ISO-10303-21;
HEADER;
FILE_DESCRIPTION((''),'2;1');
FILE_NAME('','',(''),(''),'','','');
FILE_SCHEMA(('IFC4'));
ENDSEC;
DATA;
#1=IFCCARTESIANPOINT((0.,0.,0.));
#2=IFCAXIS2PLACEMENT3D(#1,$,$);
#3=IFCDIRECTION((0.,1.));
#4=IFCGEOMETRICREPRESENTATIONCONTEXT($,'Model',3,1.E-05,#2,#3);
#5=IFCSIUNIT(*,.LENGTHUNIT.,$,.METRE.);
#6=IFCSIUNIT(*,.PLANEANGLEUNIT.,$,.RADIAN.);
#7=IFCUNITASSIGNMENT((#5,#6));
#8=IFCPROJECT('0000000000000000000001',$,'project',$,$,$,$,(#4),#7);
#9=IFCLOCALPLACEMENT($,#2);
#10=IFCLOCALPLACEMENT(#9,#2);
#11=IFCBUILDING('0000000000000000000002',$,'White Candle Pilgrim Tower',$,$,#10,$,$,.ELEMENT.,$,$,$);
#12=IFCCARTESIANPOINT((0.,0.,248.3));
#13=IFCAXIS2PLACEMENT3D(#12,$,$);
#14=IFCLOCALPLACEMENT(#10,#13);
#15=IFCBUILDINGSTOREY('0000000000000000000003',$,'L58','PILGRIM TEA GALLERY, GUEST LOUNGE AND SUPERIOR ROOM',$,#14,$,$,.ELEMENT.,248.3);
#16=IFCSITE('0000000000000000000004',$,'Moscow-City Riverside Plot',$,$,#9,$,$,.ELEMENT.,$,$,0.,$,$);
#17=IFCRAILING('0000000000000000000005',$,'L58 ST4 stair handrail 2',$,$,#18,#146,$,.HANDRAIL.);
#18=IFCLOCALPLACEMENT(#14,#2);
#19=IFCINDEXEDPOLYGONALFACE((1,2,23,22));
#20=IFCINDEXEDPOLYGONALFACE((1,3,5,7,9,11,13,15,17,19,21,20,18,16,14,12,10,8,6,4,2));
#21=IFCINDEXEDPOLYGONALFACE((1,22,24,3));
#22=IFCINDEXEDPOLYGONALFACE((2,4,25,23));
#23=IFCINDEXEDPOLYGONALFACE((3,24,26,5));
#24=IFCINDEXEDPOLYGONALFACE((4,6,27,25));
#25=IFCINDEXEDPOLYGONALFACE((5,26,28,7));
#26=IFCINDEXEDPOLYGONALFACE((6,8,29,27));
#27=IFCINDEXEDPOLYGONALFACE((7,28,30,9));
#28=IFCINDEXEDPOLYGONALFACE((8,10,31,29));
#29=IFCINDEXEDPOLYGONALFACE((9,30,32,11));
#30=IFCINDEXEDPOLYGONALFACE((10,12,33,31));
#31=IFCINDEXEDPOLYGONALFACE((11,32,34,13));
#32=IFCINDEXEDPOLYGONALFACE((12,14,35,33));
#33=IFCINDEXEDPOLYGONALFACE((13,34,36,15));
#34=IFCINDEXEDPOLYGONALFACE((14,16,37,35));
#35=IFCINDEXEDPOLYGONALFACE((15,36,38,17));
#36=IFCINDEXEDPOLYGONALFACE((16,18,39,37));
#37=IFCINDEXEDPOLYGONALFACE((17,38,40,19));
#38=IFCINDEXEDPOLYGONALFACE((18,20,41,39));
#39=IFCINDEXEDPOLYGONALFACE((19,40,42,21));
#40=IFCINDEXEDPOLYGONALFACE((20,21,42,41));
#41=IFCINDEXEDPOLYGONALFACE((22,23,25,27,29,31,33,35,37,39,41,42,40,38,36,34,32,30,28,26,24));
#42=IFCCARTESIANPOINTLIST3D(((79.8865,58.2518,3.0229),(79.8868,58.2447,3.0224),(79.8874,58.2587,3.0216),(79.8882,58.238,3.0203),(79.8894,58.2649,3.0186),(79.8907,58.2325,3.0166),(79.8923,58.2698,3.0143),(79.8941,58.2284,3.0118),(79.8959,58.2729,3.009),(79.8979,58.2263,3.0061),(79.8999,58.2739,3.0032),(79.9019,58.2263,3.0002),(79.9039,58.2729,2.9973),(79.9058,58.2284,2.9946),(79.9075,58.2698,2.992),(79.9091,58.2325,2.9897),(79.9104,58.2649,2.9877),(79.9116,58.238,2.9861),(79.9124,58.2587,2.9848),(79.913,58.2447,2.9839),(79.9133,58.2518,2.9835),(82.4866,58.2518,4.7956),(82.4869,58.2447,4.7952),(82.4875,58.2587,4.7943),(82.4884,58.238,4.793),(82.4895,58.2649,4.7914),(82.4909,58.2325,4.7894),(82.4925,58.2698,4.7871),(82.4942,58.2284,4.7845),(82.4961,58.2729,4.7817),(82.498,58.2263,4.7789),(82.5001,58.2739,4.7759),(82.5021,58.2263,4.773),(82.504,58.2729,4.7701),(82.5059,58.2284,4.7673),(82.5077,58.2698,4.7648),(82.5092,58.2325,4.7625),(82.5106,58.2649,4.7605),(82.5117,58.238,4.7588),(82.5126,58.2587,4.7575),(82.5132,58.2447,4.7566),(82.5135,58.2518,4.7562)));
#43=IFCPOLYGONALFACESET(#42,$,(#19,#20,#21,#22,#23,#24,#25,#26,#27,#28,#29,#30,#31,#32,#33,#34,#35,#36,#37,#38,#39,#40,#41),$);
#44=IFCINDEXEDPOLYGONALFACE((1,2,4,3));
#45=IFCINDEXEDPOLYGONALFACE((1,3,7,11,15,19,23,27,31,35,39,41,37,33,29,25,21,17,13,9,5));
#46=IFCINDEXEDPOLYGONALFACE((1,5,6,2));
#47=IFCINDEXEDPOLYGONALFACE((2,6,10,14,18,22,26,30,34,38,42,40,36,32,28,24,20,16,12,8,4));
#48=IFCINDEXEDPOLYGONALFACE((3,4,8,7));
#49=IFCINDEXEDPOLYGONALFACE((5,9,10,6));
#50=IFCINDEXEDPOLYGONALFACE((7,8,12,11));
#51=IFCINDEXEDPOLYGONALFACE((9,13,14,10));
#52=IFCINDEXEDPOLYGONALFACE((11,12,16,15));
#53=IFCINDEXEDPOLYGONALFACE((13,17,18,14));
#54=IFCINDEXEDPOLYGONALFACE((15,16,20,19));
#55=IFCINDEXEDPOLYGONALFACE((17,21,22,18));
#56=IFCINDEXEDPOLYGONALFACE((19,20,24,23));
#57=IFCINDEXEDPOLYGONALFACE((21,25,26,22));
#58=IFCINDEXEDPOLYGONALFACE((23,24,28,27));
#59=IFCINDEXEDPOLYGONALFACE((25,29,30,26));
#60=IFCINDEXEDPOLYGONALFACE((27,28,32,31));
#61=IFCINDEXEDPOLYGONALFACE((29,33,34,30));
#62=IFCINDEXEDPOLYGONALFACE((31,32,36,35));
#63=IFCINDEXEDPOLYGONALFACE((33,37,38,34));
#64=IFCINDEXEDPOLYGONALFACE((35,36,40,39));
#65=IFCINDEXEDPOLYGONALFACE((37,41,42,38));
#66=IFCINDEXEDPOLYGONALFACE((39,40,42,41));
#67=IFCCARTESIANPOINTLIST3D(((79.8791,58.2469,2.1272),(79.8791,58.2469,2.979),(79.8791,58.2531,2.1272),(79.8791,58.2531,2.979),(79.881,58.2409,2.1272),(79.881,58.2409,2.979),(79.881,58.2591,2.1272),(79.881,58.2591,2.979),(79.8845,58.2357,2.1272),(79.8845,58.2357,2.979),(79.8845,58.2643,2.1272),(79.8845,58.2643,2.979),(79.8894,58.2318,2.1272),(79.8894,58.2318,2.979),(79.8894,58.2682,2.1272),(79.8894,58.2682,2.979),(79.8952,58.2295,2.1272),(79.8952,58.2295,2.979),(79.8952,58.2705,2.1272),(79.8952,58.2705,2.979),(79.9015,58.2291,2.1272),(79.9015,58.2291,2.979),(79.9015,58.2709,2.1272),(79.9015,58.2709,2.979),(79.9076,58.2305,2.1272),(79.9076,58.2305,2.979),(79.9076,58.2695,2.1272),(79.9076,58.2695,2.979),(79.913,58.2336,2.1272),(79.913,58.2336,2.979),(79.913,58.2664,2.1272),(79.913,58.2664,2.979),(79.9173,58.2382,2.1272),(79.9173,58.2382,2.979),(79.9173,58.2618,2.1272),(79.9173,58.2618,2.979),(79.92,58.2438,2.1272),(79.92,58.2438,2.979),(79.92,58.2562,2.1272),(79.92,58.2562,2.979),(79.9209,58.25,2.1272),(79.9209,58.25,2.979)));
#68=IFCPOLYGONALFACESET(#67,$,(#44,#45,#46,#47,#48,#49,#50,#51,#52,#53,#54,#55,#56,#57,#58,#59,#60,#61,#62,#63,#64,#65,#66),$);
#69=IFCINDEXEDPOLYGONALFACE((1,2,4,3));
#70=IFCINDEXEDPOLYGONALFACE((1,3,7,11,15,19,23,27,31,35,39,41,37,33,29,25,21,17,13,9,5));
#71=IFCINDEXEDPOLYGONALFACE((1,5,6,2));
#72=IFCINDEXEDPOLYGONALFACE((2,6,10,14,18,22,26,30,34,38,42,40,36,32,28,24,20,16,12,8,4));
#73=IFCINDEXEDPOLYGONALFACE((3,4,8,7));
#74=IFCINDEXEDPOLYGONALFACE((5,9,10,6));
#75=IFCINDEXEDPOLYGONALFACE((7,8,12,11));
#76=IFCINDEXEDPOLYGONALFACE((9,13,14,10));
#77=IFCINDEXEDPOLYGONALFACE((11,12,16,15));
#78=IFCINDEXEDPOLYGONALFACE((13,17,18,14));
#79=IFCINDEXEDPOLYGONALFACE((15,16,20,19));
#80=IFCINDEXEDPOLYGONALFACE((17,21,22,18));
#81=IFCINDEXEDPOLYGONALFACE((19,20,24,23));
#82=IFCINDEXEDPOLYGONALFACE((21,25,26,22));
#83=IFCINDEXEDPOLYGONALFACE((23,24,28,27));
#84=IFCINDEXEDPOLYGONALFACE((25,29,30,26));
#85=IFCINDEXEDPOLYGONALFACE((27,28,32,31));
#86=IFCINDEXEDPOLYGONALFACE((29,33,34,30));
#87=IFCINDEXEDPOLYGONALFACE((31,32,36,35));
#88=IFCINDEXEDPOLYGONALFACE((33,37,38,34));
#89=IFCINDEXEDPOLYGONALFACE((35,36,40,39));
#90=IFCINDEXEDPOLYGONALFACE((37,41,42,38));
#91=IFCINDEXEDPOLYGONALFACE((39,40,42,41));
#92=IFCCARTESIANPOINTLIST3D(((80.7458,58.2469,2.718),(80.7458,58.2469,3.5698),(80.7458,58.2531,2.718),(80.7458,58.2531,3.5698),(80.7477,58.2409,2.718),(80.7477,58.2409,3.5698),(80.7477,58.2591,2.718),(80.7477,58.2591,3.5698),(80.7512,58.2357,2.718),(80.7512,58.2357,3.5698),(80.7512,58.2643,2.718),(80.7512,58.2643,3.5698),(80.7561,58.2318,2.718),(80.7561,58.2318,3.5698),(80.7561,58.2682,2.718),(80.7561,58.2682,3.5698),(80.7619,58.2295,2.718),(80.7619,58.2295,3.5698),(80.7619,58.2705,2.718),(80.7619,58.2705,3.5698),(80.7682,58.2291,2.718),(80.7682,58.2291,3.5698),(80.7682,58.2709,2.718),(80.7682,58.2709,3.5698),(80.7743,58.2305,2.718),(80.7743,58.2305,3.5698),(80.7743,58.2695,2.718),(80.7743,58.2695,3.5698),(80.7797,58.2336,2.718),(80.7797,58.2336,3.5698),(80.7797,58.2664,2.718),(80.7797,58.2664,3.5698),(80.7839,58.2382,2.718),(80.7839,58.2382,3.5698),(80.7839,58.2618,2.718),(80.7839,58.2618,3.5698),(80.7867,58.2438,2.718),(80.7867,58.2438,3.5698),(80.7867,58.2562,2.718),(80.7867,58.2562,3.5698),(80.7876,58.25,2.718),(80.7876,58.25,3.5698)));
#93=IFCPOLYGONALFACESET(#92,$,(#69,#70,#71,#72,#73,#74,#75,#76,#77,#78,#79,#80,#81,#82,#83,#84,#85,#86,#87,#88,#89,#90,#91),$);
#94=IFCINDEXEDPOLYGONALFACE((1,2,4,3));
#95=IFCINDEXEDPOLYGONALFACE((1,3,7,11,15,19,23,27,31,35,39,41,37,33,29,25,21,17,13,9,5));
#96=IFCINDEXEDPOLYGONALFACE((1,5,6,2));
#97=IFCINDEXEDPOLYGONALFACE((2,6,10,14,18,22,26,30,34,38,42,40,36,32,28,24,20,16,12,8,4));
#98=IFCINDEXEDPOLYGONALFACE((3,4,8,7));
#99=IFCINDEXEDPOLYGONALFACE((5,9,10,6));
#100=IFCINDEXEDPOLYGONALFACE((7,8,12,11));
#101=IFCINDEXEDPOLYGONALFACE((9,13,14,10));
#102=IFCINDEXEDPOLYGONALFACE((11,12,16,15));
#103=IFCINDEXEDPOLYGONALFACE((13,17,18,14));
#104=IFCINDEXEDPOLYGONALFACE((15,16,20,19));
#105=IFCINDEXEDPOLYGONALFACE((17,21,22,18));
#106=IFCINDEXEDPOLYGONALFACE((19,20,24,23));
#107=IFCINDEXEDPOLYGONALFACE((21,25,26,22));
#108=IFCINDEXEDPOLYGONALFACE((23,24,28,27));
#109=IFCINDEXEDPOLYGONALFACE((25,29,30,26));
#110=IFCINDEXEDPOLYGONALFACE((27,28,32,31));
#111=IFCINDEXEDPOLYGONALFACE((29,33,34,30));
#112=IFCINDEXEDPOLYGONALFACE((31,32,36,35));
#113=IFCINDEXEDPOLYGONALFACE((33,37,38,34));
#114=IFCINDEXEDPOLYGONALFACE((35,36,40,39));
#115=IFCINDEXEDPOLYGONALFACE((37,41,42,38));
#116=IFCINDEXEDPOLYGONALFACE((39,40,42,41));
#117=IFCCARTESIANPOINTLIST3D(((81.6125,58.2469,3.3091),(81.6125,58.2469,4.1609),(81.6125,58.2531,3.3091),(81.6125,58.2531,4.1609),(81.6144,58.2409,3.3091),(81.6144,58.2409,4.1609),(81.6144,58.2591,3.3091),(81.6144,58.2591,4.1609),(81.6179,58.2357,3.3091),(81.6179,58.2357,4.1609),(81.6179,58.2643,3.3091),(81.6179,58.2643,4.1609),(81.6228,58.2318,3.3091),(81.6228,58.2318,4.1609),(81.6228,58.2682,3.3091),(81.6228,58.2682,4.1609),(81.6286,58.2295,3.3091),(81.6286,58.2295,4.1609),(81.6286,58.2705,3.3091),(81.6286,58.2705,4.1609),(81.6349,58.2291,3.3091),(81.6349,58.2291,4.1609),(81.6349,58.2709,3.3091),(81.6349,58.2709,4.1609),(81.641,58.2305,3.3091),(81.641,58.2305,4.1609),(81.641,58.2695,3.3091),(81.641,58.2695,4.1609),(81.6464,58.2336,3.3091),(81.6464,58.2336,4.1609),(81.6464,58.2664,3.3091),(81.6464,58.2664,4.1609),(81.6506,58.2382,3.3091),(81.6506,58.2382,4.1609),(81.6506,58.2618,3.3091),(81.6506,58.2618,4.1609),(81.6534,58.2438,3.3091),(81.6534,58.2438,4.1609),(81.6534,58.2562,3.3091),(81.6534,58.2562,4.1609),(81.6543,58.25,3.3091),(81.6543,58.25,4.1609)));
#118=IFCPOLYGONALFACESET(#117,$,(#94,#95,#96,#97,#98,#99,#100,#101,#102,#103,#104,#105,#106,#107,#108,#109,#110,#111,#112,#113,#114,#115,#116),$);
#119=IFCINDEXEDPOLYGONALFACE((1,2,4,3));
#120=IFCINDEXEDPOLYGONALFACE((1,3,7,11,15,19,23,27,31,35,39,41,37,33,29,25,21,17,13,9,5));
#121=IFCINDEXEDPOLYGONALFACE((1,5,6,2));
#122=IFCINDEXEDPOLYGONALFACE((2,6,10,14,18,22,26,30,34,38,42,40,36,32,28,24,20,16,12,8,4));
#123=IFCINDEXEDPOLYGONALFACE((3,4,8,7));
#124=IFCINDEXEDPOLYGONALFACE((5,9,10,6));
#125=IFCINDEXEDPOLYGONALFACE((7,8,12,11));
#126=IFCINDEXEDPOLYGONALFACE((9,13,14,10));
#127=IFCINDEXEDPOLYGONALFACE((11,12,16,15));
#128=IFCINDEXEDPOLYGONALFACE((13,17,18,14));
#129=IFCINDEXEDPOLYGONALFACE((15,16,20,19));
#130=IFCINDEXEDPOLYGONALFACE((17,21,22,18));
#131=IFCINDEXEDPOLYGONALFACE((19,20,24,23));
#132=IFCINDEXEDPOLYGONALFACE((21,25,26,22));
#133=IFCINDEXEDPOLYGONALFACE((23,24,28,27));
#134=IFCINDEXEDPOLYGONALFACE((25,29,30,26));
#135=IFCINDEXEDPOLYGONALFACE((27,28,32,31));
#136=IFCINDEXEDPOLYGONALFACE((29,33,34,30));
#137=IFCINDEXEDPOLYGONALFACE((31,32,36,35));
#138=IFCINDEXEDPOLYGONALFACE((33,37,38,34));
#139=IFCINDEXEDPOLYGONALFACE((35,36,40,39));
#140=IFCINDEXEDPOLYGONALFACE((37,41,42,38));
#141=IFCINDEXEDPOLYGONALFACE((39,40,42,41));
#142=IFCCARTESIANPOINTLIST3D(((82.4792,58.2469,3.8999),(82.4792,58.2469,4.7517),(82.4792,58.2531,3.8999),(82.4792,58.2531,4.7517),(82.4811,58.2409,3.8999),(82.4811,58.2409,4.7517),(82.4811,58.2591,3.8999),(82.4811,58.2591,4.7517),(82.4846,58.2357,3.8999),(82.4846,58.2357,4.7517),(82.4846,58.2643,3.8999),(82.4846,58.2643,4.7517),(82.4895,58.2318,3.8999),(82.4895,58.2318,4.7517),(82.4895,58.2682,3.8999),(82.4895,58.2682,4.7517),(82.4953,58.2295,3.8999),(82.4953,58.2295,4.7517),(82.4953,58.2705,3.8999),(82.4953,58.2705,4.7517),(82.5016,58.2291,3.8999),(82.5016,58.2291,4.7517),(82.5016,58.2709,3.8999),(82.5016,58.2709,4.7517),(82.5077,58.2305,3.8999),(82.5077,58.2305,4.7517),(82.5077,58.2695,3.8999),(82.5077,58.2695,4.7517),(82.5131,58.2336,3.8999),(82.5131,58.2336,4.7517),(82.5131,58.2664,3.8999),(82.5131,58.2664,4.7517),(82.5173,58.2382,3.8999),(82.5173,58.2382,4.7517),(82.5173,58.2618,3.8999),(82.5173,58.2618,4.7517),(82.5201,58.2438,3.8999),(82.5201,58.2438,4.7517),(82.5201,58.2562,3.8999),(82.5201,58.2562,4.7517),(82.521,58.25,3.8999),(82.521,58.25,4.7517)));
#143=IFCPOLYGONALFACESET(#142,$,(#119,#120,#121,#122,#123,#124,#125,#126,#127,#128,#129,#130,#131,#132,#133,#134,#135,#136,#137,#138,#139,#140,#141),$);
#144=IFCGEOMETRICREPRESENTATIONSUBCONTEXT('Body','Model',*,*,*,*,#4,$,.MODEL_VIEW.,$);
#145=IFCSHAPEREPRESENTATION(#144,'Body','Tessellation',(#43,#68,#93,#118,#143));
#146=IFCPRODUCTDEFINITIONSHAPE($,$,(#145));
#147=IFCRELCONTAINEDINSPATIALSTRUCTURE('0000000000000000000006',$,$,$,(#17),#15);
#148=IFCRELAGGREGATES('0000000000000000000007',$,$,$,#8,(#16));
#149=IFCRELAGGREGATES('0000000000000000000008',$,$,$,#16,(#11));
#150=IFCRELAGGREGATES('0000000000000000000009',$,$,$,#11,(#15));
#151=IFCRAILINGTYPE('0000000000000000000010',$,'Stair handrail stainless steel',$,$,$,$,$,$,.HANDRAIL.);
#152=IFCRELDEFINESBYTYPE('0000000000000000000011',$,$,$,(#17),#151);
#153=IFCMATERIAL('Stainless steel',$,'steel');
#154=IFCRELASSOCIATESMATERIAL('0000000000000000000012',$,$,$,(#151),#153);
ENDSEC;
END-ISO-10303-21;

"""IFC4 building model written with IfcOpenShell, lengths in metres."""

from ifc_helpers import new_model, si_unit, direction, frame, origin, origin_2d, place, context, subcontext, project, spatial, circle, extrude, material, type_object, element, save


model = new_model("IFC4")

# Units and contexts
model_context = context("Model", 3, precision=1e-05, world=origin(), true_north=direction((0.0, 1.0)))
body_context = subcontext(model_context, "Body", "Model", "MODEL_VIEW")
ifc_project = project(units=[si_unit("LENGTHUNIT", "METRE"), si_unit("PLANEANGLEUNIT", "RADIAN")], contexts=[model_context])

# Site, building, storey
site_placement = place(None, origin())
site = spatial("IfcSite", under=ifc_project, at=site_placement, Name="Moscow-City Riverside Plot", CompositionType="ELEMENT", RefElevation=0.0)
building_placement = place(site_placement, origin())
building = spatial("IfcBuilding", under=site, at=building_placement, Name="White Candle Pilgrim Tower", CompositionType="ELEMENT")
storey_placement = place(building_placement, frame((0.0, 0.0, 248.3)))
storey = spatial("IfcBuildingStorey", under=building, at=storey_placement, Name="L58", Description="PILGRIM TEA GALLERY, GUEST LOUNGE AND SUPERIOR ROOM", CompositionType="ELEMENT", Elevation=248.3)

# Railing
ifc_material_1 = material(Name="Stainless steel", Category="steel")
railing_type_1 = type_object("IfcRailingType", Name="Stair handrail stainless steel", PredefinedType="HANDRAIL", material=ifc_material_1)
railing_1_placement = place(storey_placement, frame((79.8999, 58.25, 2.1272)))
element("IfcRailing", 1, at=railing_1_placement, inside=storey, type_object=railing_type_1, Name="L58 ST4 stair handrail 2", PredefinedType="HANDRAIL", context=body_context, shape_type="SweptSolid", body=[
    extrude(circle(Radius=0.0239, at=origin_2d()), frame((0.0, 0.0, 0.876), z_axis=(0.82624, 0.0, 0.563318), x_axis=(0.0, 1.0, 0.0)), (0.0, 0.0, 1.0), 3.147),
    extrude(circle(Radius=0.021, at=origin_2d()), origin(), (0.0, 0.0, 1.0), 0.8518),
    extrude(circle(Radius=0.021, at=origin_2d()), frame((0.8667, 0.0, 0.5908)), (0.0, 0.0, 1.0), 0.8518),
    extrude(circle(Radius=0.021, at=origin_2d()), frame((1.7334, 0.0, 1.1819)), (0.0, 0.0, 1.0), 0.8518),
    extrude(circle(Radius=0.021, at=origin_2d()), frame((2.6001, 0.0, 1.7727)), (0.0, 0.0, 1.0), 0.8518),
])

save(model, "model.ifc")
